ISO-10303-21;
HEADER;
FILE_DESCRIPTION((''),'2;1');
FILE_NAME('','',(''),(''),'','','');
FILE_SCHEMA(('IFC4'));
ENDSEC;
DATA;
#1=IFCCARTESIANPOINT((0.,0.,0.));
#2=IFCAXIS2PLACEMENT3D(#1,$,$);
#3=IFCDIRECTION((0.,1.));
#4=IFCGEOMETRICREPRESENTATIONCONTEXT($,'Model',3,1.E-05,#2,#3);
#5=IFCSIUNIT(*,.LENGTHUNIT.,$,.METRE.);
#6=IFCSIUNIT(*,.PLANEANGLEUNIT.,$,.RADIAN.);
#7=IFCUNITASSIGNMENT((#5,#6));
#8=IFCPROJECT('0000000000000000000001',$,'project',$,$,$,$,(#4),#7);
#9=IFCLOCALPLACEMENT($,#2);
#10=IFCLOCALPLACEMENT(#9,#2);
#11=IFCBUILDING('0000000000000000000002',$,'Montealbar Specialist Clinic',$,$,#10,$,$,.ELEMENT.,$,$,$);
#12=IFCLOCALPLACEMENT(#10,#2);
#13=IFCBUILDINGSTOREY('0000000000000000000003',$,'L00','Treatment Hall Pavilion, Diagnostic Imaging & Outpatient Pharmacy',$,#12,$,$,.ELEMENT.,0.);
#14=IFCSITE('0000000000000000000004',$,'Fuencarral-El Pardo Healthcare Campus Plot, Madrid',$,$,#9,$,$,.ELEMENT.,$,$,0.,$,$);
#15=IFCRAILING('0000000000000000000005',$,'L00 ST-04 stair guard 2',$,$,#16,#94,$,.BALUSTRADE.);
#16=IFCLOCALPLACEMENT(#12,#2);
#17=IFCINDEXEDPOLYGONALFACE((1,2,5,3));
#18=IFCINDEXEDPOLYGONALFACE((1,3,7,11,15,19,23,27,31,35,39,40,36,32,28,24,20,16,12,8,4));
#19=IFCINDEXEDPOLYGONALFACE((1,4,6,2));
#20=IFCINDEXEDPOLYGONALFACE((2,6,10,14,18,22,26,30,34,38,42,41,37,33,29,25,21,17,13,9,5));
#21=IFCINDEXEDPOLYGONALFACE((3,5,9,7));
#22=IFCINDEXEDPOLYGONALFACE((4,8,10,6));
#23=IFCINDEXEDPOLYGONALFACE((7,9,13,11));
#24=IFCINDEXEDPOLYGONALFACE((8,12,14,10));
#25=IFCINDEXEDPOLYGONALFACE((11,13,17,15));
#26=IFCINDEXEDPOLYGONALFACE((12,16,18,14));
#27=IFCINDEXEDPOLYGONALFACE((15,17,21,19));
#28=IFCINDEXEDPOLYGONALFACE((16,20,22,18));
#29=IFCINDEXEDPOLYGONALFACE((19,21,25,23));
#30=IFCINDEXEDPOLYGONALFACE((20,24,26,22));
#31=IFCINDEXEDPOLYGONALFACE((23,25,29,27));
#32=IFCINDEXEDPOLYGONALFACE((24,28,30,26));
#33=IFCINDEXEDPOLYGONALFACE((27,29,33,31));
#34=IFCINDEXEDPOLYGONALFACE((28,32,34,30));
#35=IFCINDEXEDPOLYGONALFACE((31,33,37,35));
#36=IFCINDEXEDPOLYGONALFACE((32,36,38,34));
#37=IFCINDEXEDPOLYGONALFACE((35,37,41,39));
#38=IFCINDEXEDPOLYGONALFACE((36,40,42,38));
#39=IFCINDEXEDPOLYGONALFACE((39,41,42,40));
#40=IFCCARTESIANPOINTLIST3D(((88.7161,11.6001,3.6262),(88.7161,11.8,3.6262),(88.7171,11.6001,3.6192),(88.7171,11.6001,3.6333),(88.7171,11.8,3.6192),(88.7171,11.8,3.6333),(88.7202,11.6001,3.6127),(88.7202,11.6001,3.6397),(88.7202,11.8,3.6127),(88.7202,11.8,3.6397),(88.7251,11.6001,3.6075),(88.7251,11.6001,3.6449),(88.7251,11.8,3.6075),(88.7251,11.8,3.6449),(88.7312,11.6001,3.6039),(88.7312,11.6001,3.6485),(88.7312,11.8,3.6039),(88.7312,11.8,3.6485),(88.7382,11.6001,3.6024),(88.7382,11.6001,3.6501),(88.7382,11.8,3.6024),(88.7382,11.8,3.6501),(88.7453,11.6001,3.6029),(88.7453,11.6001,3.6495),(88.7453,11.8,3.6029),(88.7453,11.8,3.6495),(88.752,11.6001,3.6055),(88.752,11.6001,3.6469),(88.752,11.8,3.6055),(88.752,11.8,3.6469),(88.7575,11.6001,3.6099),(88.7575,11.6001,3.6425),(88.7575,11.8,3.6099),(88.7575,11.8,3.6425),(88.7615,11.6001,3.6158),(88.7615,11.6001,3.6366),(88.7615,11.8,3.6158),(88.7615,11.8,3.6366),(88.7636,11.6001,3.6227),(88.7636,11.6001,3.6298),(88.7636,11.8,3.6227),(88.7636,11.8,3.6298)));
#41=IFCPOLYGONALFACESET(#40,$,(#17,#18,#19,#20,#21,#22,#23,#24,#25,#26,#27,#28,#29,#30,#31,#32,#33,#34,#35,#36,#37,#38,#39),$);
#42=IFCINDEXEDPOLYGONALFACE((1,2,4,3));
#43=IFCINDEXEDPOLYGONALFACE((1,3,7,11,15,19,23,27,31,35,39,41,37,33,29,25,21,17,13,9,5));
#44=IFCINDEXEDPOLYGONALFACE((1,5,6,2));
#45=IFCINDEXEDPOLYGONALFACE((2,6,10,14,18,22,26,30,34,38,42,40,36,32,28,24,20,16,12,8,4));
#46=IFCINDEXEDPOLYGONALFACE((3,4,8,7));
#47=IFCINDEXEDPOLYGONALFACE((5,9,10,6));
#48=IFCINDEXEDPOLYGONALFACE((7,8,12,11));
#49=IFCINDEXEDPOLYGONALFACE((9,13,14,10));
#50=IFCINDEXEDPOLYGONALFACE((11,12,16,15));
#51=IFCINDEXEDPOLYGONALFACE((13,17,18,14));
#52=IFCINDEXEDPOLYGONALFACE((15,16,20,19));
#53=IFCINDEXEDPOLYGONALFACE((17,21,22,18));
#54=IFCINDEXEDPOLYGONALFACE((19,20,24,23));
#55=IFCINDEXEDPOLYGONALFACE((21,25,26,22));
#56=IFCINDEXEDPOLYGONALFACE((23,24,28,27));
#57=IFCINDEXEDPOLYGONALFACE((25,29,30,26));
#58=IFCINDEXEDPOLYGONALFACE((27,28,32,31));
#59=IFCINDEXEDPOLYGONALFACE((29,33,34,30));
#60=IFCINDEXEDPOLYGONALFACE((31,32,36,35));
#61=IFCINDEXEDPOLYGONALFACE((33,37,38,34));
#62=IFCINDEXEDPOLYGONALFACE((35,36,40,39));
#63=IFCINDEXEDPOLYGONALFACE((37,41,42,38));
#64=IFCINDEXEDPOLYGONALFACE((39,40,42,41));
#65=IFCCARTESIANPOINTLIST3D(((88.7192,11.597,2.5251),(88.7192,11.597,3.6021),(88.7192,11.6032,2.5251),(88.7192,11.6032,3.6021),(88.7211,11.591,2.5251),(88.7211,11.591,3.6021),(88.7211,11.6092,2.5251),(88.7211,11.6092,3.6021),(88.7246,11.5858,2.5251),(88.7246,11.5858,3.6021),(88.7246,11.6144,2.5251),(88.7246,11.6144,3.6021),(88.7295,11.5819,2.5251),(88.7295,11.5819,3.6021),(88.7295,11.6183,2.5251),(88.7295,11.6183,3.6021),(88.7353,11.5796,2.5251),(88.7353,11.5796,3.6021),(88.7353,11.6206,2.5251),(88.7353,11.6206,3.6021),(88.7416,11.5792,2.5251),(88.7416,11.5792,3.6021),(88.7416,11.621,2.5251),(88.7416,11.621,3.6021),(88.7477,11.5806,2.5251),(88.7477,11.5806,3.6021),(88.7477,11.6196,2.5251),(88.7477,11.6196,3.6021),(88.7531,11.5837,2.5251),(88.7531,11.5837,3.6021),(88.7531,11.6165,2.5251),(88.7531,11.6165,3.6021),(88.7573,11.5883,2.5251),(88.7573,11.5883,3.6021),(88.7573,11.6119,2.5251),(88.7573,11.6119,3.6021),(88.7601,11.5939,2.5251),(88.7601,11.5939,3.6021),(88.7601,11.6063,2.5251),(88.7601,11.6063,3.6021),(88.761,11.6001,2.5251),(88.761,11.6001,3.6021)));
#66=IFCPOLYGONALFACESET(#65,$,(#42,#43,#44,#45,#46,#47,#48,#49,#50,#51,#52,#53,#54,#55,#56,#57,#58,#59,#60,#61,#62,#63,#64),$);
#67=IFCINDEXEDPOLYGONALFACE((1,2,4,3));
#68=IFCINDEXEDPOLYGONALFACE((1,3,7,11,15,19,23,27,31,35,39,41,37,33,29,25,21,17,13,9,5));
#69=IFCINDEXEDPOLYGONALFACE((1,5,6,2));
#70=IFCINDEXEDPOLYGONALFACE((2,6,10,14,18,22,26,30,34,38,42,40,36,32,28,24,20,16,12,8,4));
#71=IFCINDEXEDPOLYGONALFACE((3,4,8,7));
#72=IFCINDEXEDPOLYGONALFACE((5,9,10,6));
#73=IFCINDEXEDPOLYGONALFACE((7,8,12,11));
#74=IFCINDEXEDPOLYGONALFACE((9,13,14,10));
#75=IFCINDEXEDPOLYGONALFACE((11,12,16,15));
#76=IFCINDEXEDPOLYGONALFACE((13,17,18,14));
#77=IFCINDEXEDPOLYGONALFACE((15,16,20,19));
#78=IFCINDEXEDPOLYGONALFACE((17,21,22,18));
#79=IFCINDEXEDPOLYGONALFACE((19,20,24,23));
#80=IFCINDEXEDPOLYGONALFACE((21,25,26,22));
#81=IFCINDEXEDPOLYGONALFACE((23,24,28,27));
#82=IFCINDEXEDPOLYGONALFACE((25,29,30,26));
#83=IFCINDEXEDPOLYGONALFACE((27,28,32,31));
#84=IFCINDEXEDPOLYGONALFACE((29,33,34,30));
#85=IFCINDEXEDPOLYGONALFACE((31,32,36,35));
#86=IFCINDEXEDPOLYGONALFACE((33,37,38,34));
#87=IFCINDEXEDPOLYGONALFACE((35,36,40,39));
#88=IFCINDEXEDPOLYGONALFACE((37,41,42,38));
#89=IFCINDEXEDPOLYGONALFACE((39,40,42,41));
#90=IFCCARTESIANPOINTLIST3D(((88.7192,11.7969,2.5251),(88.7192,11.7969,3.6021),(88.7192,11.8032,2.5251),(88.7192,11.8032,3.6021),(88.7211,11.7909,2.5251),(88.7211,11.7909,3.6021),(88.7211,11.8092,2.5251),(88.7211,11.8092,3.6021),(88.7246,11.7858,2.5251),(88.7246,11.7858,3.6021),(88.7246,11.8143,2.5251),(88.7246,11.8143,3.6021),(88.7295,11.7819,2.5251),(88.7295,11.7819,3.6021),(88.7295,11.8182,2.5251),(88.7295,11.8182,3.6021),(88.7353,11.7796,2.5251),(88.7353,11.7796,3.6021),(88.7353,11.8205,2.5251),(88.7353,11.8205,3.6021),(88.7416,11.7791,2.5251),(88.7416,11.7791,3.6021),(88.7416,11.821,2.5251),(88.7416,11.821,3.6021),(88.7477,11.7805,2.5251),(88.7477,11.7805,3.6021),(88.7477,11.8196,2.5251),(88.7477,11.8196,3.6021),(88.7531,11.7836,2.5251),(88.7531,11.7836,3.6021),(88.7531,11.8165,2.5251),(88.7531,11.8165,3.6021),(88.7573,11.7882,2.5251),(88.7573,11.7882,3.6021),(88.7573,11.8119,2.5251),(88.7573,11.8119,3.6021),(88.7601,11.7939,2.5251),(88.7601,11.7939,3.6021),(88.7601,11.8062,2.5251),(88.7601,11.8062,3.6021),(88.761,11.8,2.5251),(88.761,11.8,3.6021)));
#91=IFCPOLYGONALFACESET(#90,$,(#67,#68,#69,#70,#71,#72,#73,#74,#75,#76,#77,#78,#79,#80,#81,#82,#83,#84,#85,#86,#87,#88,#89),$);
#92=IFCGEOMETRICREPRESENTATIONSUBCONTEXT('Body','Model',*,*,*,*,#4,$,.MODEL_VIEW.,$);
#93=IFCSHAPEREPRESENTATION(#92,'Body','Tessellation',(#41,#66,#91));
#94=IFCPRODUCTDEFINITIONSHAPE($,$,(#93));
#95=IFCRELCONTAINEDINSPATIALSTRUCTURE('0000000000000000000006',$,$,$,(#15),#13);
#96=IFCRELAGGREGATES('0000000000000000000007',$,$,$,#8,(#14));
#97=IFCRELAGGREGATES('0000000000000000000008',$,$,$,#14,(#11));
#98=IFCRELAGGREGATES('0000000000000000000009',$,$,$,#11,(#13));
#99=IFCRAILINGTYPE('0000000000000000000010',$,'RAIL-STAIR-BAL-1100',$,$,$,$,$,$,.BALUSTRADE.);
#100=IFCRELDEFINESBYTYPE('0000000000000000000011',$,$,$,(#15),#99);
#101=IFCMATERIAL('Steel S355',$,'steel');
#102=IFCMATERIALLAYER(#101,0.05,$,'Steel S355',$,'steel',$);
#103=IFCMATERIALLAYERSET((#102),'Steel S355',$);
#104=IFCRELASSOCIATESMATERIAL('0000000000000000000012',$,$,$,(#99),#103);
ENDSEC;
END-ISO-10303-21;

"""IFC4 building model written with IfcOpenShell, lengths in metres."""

from ifc_helpers import new_model, si_unit, direction, frame, origin, origin_2d, place, context, subcontext, project, spatial, circle, extrude, material, layer, layer_set, type_object, element, save


model = new_model("IFC4")

# Units and contexts
model_context = context("Model", 3, precision=1e-05, world=origin(), true_north=direction((0.0, 1.0)))
body_context = subcontext(model_context, "Body", "Model", "MODEL_VIEW")
ifc_project = project(units=[si_unit("LENGTHUNIT", "METRE"), si_unit("PLANEANGLEUNIT", "RADIAN")], contexts=[model_context])

# Site, building, storey
site_placement = place(None, origin())
site = spatial("IfcSite", under=ifc_project, at=site_placement, Name="Fuencarral-El Pardo Healthcare Campus Plot, Madrid", CompositionType="ELEMENT", RefElevation=0.0)
building_placement = place(site_placement, origin())
building = spatial("IfcBuilding", under=site, at=building_placement, Name="Montealbar Specialist Clinic", CompositionType="ELEMENT")
storey_placement = place(building_placement, origin())
storey = spatial("IfcBuildingStorey", under=building, at=storey_placement, Name="L00", Description="Treatment Hall Pavilion, Diagnostic Imaging & Outpatient Pharmacy", CompositionType="ELEMENT", Elevation=0.0)

# Shared definitions
ifc_material_1 = material(Name="Steel S355", Category="steel")

# Railing
ifc_layer_1 = layer(ifc_material_1, 0.05, Name="Steel S355", Category="steel")
ifc_layer_set_1 = layer_set([ifc_layer_1], Name="Steel S355")
railing_type_1 = type_object("IfcRailingType", Name="RAIL-STAIR-BAL-1100", PredefinedType="BALUSTRADE", material=ifc_layer_set_1)
railing_1_placement = place(storey_placement, frame((88.74, 11.6001, 2.55)))
element("IfcRailing", 1, at=railing_1_placement, inside=storey, type_object=railing_type_1, Name="L00 ST-04 stair guard 2", PredefinedType="BALUSTRADE", context=body_context, shape_type="SweptSolid", body=[
    extrude(circle(Radius=0.0239, at=origin_2d()), frame((0.0, 0.0, 1.0762), z_axis=(0.0, 1.0, 0.0), x_axis=(-1.0, 0.0, 0.0)), (0.0, 0.0, 1.0), 0.2),
    extrude(circle(Radius=0.021, at=origin_2d()), frame((0.0, 0.0, -0.0249)), (0.0, 0.0, 1.0), 1.0769),
    extrude(circle(Radius=0.021, at=origin_2d()), frame((0.0, 0.2, -0.0249)), (0.0, 0.0, 1.0), 1.0769),
])

save(model, "model.ifc")
